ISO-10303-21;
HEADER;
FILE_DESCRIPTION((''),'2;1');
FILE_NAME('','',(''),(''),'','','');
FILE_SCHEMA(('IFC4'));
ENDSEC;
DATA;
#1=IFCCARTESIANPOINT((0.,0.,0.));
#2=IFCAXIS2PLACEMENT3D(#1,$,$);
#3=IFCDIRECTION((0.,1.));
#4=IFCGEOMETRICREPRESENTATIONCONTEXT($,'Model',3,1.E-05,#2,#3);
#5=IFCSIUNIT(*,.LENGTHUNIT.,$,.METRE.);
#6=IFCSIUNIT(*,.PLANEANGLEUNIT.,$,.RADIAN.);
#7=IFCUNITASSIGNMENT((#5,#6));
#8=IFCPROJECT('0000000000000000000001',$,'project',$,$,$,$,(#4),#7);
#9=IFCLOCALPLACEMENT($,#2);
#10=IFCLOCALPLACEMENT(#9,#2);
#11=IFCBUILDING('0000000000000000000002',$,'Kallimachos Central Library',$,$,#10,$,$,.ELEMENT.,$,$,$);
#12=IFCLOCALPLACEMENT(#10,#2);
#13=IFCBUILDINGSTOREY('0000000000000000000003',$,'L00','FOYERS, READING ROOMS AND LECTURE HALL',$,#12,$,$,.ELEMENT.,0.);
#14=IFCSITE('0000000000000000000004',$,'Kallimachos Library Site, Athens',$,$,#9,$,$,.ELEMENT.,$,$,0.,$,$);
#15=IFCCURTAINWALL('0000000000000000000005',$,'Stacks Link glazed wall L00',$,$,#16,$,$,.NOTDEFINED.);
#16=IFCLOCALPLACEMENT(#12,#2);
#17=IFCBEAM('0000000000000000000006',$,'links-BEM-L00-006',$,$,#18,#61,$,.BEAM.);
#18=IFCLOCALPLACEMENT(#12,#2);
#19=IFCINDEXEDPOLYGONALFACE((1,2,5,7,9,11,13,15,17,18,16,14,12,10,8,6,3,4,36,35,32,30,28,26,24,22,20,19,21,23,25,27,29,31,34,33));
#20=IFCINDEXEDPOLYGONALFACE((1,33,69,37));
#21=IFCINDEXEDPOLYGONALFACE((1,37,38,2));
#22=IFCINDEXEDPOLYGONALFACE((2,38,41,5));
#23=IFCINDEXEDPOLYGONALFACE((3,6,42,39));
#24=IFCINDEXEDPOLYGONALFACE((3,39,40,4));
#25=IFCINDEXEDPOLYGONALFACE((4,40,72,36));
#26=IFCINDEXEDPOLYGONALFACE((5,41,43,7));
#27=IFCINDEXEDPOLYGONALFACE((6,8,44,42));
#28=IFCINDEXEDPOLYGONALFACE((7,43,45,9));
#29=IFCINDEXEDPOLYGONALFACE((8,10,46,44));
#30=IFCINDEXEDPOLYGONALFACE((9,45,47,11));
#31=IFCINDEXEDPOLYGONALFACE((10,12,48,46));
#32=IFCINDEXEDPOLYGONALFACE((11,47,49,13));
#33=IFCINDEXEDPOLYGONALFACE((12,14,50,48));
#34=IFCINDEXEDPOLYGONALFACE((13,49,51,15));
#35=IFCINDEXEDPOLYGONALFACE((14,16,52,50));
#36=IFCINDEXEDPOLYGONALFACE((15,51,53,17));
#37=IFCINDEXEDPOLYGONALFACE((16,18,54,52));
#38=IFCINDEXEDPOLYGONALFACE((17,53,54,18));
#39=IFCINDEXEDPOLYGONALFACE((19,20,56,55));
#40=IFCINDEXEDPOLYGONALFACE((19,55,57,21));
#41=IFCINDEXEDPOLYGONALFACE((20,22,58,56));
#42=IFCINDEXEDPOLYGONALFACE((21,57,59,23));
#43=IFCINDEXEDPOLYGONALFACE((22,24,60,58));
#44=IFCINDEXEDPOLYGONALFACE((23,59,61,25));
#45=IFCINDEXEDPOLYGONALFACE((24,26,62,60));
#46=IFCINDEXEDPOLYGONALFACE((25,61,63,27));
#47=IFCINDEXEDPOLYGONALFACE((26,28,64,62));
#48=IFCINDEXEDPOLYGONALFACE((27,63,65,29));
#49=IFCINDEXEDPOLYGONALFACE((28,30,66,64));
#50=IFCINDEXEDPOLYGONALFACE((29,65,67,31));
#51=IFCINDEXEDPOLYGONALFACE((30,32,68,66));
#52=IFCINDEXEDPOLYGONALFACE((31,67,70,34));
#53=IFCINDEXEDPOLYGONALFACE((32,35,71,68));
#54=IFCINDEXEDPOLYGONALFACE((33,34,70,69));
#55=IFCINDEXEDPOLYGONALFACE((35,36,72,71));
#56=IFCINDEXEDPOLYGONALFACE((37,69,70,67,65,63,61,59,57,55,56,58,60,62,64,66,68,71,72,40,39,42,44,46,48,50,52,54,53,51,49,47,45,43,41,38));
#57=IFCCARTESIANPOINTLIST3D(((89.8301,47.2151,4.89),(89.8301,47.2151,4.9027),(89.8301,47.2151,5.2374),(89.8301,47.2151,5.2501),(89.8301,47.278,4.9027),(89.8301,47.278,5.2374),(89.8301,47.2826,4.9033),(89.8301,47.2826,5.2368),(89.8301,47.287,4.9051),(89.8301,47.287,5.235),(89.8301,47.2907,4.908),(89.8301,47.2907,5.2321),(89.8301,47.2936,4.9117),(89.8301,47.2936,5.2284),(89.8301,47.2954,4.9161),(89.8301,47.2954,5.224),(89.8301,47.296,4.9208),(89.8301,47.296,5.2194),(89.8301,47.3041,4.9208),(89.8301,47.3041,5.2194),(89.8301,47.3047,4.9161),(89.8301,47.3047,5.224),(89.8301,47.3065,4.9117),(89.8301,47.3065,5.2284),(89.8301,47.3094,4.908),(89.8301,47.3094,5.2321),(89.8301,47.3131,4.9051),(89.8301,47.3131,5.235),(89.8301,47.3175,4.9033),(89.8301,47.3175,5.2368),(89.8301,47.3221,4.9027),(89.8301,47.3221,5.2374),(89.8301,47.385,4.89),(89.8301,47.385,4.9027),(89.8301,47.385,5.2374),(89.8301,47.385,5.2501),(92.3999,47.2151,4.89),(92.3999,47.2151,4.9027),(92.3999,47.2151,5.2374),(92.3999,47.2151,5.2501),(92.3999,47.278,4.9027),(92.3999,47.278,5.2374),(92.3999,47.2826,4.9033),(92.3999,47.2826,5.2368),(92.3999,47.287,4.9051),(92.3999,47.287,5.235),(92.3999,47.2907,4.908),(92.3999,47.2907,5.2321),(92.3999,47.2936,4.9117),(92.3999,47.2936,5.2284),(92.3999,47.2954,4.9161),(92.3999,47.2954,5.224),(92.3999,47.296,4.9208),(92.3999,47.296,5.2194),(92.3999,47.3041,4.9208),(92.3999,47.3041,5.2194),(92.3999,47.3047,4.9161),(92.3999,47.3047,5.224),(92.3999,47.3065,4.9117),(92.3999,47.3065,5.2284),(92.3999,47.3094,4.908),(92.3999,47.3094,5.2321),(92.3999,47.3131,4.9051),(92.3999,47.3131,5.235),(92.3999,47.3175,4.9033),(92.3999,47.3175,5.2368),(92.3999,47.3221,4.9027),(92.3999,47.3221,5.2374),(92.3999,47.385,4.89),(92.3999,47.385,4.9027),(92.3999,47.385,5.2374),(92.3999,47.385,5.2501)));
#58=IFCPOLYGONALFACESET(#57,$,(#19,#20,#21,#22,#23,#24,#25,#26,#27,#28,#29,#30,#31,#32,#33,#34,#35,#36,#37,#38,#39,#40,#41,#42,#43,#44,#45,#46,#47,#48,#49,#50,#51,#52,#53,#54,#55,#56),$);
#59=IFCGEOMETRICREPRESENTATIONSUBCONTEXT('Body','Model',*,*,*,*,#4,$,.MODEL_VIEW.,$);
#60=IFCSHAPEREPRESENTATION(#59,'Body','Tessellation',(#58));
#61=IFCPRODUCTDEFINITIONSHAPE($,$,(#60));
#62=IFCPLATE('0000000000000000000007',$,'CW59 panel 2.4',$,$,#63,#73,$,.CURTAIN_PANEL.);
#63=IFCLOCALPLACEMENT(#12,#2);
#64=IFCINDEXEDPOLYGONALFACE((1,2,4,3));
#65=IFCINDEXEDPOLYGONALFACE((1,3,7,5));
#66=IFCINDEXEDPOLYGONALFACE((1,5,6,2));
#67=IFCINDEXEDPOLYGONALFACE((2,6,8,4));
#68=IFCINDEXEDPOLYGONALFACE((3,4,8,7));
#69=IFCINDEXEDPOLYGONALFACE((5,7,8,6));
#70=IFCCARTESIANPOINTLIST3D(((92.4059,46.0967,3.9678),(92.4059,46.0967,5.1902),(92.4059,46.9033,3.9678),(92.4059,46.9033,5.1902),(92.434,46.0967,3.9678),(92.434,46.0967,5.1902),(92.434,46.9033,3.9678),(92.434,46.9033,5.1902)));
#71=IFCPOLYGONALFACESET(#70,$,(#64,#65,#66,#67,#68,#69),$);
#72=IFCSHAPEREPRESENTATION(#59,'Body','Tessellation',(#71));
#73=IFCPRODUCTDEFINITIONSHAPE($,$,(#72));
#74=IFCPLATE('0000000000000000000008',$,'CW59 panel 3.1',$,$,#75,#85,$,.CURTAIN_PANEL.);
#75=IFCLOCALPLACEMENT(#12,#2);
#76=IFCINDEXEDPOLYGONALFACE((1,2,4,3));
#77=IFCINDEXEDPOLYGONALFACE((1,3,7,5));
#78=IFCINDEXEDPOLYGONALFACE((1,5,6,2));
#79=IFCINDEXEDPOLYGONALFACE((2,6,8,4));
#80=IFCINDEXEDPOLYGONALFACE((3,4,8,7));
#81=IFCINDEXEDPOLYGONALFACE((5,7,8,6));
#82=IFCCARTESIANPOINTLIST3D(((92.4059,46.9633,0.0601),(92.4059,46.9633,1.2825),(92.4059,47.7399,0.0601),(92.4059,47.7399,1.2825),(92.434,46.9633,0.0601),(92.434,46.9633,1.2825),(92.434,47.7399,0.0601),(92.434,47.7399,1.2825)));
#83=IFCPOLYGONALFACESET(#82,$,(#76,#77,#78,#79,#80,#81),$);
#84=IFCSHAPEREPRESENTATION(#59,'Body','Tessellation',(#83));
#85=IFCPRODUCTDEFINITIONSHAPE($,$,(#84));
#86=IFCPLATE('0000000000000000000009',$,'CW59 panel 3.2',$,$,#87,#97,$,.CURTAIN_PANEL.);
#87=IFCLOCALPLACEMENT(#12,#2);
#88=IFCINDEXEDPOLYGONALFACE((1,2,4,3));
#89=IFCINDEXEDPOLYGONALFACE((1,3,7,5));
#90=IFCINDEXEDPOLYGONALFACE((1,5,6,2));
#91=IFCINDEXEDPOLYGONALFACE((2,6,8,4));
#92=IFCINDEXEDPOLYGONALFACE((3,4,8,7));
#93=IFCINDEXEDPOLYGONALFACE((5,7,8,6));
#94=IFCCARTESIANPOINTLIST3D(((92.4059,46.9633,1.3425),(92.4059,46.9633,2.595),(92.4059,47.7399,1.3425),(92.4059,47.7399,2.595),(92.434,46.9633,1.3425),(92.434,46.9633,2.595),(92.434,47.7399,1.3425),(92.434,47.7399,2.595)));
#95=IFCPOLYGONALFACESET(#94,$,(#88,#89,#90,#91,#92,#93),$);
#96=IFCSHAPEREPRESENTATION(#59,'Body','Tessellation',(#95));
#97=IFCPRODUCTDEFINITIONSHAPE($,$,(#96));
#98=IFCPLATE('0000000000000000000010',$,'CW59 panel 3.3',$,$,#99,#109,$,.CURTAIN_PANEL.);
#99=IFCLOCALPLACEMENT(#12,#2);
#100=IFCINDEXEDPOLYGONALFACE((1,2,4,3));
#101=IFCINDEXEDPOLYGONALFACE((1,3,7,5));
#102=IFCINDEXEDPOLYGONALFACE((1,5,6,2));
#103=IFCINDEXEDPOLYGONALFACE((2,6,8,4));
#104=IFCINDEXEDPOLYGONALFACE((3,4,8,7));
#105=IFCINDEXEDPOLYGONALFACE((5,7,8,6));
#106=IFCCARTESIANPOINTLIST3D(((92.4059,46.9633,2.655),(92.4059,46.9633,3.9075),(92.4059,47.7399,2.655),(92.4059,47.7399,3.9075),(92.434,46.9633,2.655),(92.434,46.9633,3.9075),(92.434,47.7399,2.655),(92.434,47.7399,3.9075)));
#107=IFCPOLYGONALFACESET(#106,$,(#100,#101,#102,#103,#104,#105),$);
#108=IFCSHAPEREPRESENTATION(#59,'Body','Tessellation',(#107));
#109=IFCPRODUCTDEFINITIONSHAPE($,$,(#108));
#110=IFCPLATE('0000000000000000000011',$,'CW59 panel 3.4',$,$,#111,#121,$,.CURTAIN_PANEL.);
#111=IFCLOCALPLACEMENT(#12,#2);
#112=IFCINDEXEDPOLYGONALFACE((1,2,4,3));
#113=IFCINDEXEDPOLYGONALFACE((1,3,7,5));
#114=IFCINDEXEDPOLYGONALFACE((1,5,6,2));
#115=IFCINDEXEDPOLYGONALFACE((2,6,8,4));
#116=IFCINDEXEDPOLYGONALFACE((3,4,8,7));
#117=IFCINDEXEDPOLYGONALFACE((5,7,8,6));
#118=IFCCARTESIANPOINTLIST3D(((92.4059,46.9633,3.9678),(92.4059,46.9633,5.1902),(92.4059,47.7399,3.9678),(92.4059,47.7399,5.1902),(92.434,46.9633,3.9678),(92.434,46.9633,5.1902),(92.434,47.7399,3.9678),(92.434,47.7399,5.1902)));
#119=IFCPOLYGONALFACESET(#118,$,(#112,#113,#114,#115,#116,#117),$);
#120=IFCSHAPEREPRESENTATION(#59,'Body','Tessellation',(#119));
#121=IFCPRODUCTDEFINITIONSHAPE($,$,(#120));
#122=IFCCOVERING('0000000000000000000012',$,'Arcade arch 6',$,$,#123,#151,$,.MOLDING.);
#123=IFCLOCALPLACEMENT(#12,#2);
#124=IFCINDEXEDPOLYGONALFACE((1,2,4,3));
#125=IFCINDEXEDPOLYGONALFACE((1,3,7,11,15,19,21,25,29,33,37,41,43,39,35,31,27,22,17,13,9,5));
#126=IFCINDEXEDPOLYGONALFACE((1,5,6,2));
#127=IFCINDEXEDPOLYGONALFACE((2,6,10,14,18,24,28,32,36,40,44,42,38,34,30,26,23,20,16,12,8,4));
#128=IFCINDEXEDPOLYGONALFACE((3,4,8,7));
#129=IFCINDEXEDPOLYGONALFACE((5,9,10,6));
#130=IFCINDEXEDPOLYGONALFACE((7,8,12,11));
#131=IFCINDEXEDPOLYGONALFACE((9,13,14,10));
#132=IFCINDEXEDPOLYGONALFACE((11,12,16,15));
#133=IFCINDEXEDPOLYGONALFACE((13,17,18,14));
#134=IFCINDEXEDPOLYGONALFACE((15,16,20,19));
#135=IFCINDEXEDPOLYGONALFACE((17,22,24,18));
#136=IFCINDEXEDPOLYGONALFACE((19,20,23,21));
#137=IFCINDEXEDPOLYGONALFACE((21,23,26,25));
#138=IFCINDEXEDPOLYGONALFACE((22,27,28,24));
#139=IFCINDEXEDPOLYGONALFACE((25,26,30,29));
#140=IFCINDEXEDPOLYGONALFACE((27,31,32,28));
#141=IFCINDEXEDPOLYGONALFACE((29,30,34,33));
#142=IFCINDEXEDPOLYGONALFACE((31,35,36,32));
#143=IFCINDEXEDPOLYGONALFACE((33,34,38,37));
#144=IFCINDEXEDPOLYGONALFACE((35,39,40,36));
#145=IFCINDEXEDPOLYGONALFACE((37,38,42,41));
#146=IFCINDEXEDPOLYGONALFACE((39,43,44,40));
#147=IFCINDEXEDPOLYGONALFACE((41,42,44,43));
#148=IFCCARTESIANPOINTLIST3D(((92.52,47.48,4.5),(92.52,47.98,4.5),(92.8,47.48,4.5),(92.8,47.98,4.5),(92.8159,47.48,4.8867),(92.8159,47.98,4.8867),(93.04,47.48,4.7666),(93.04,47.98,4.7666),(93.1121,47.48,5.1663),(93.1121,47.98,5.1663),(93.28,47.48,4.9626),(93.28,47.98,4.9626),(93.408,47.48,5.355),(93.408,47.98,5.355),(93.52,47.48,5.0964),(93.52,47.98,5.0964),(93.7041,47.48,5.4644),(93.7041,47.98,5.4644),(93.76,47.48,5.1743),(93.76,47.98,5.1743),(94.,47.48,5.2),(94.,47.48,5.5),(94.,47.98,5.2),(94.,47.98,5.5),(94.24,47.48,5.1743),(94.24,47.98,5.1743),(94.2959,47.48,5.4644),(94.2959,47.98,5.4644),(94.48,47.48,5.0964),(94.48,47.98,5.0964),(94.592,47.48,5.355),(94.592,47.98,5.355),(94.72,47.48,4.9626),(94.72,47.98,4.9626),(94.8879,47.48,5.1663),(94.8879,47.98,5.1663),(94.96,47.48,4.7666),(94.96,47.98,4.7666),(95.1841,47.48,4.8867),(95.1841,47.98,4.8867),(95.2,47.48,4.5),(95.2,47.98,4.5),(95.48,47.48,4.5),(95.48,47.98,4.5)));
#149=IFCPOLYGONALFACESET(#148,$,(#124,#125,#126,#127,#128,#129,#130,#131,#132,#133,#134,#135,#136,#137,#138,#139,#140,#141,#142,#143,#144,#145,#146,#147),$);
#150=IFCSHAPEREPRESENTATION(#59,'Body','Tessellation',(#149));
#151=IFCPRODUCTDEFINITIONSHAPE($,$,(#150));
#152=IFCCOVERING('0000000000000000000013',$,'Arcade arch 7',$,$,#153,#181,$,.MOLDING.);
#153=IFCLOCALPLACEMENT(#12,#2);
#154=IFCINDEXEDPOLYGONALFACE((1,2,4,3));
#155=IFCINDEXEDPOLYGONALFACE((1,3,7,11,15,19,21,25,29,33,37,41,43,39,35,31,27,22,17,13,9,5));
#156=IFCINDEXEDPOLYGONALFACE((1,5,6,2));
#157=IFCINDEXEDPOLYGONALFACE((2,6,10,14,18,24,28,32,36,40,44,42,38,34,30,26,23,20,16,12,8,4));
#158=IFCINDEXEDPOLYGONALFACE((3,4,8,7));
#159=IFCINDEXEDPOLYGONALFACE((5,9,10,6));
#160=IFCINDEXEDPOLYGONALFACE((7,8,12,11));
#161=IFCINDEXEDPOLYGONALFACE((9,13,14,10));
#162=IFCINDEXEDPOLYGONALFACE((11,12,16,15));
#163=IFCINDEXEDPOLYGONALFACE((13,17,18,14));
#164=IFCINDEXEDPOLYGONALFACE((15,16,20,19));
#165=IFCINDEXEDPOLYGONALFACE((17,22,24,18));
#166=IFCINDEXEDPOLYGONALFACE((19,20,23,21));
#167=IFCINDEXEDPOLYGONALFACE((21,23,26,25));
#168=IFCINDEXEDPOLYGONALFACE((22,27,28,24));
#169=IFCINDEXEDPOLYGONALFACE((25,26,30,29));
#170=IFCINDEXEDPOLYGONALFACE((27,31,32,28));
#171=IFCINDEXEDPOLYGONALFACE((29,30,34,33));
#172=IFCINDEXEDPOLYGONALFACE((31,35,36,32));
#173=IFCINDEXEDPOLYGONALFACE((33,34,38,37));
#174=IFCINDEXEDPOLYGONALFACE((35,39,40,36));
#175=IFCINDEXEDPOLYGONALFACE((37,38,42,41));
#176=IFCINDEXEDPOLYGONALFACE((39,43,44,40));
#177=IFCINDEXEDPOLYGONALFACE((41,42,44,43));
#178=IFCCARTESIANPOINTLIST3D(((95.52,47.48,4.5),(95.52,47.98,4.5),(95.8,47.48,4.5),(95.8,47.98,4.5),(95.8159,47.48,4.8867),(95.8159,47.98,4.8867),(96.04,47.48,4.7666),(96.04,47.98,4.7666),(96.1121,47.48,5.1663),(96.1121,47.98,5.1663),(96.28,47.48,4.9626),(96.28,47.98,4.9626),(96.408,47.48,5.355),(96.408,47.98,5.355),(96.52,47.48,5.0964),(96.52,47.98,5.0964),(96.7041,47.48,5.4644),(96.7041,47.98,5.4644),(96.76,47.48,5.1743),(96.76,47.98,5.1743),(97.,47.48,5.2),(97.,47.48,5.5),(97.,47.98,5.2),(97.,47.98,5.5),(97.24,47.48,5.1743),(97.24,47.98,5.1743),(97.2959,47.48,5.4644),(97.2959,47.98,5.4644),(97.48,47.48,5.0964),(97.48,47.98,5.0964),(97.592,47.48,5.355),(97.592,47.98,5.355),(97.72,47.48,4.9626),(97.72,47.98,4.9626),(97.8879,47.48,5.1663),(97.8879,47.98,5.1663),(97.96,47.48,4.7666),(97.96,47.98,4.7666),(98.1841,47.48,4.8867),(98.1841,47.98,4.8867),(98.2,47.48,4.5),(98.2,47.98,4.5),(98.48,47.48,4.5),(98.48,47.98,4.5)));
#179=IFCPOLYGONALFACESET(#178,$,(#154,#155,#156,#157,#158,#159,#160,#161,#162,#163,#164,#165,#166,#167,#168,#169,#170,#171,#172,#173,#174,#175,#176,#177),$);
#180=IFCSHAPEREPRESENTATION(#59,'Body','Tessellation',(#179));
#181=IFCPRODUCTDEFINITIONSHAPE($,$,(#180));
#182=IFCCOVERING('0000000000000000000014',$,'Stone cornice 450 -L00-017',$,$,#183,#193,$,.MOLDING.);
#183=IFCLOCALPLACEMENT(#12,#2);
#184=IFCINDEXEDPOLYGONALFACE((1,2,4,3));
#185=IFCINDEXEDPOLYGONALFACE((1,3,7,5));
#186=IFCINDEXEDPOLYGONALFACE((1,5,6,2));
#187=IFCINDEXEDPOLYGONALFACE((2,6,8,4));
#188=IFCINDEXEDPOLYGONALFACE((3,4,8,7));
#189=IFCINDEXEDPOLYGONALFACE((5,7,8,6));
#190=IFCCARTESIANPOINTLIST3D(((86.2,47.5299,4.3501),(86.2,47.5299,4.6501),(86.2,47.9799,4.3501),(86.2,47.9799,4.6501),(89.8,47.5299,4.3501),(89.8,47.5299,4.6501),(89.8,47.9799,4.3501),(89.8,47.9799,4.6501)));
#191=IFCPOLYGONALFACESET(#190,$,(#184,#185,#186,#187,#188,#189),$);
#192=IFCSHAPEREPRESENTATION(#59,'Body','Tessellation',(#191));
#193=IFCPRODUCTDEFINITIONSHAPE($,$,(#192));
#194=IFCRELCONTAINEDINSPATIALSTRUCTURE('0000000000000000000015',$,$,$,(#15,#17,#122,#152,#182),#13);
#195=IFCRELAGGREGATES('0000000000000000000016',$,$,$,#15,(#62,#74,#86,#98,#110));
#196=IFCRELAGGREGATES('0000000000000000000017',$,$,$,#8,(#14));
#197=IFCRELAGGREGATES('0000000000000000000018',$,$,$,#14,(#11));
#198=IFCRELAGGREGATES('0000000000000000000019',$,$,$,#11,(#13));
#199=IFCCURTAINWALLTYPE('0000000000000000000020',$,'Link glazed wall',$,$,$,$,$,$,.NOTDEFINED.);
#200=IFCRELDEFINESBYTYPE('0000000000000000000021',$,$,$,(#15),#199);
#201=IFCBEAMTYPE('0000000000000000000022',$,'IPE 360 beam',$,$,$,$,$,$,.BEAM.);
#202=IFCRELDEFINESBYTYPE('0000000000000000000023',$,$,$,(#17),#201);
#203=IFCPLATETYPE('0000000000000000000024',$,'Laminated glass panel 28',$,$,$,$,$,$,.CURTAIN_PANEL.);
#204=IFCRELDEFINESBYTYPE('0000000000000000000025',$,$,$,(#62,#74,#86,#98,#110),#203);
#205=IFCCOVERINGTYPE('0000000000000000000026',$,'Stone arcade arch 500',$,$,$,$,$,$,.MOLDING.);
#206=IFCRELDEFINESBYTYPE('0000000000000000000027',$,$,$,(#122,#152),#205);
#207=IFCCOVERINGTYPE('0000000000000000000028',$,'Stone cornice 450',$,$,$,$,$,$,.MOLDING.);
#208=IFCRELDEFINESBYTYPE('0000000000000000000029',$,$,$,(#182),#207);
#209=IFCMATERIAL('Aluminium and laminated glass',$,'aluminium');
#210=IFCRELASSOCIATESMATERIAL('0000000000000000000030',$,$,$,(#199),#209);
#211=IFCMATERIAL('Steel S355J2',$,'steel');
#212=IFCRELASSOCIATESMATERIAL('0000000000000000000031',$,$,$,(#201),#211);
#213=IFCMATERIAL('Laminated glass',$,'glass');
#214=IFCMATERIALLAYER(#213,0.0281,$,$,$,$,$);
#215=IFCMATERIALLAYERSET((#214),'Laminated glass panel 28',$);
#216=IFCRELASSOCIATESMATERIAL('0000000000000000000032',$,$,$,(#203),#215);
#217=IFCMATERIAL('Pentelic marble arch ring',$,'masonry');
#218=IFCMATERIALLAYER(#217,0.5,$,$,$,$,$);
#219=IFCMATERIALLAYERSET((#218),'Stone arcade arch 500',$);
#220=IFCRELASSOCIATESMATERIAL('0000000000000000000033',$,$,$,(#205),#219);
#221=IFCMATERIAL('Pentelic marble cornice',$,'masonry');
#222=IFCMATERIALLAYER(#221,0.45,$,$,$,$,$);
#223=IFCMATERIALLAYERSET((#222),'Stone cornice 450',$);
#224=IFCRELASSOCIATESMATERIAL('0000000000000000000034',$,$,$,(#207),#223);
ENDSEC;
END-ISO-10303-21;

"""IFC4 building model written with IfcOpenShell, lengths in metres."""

from ifc_helpers import new_model, si_unit, direction, frame, origin, origin_2d, place, context, subcontext, project, spatial, polyline, rectangle, i_section, outline, extrude, material, layer, layer_set, material_profile, profile_set, type_object, element, aggregate, save


model = new_model("IFC4")

# Units and contexts
model_context = context("Model", 3, precision=1e-05, world=origin(), true_north=direction((0.0, 1.0)))
body_context = subcontext(model_context, "Body", "Model", "MODEL_VIEW")
ifc_project = project(units=[si_unit("LENGTHUNIT", "METRE"), si_unit("PLANEANGLEUNIT", "RADIAN")], contexts=[model_context])

# Site, building, storey
site_placement = place(None, origin())
site = spatial("IfcSite", under=ifc_project, at=site_placement, Name="Kallimachos Library Site, Athens", CompositionType="ELEMENT", RefElevation=0.0)
building_placement = place(site_placement, origin())
building = spatial("IfcBuilding", under=site, at=building_placement, Name="Kallimachos Central Library", CompositionType="ELEMENT")
storey_placement = place(building_placement, origin())
storey = spatial("IfcBuildingStorey", under=building, at=storey_placement, Name="L00", Description="FOYERS, READING ROOMS AND LECTURE HALL", CompositionType="ELEMENT", Elevation=0.0)

# Curtain wall
ifc_material_1 = material(Name="Aluminium and laminated glass", Category="aluminium")
curtain_wall_type = type_object("IfcCurtainWallType", Name="Link glazed wall", PredefinedType="NOTDEFINED", material=ifc_material_1)
curtain_wall_placement = place(storey_placement, origin())
curtain_wall = element("IfcCurtainWall", 1, at=curtain_wall_placement, inside=storey, type_object=curtain_wall_type, Name="Stacks Link glazed wall L00", PredefinedType="NOTDEFINED")

# Beam
ifc_material_2 = material(Name="Steel S355J2", Category="steel")
ifc_material_profile_1 = material_profile(ifc_material_2, i_section(OverallWidth=0.1699, OverallDepth=0.3601, WebThickness=0.0081, FlangeThickness=0.0127, FilletRadius=0.0181, at=origin_2d()), Name="IPE 360")
ifc_profile_set_1 = profile_set([ifc_material_profile_1], Name="Steel S355J2")
beam_type = type_object("IfcBeamType", Name="IPE 360 beam", PredefinedType="BEAM", material=ifc_profile_set_1)
beam_placement = place(storey_placement, frame((89.8301, 47.3, 5.0701), z_axis=(1.0, 0.0, 0.0), x_axis=(0.0, 1.0, 0.0)))
element("IfcBeam", 2, at=beam_placement, inside=storey, type_object=beam_type, Name="links-BEM-L00-006", PredefinedType="BEAM", context=body_context, shape_type="SweptSolid", body=[
    extrude(i_section(OverallWidth=0.1699, OverallDepth=0.3601, WebThickness=0.0081, FlangeThickness=0.0127, FilletRadius=0.0181, at=origin_2d()), origin(), (0.0, 0.0, 1.0), 2.5698),
])

# Plates
ifc_material_3 = material(Name="Laminated glass", Category="glass")
ifc_layer_1 = layer(ifc_material_3, 0.0281)
ifc_layer_set_1 = layer_set([ifc_layer_1], Name="Laminated glass panel 28")
plate_type = type_object("IfcPlateType", Name="Laminated glass panel 28", PredefinedType="CURTAIN_PANEL", material=ifc_layer_set_1)
plate_1_placement = place(storey_placement, frame((92.4199, 46.5, 3.9678), z_axis=(0.0, 0.0, 1.0), x_axis=(0.0, 1.0, 0.0)))
plate_1 = element("IfcPlate", 3, at=plate_1_placement, type_object=plate_type, Name="CW59 panel 2.4", PredefinedType="CURTAIN_PANEL", context=body_context, shape_type="SweptSolid", body=[
    extrude(rectangle(XDim=0.8066, YDim=0.0281, at=origin_2d()), origin(), (0.0, 0.0, 1.0), 1.2224),
])
plate_2_placement = place(storey_placement, frame((92.4199, 47.3516, 0.0601), z_axis=(0.0, 0.0, 1.0), x_axis=(0.0, 1.0, 0.0)))
plate_2 = element("IfcPlate", 4, at=plate_2_placement, type_object=plate_type, Name="CW59 panel 3.1", PredefinedType="CURTAIN_PANEL", context=body_context, shape_type="SweptSolid", body=[
    extrude(rectangle(XDim=0.7766, YDim=0.0281, at=origin_2d()), origin(), (0.0, 0.0, 1.0), 1.2224),
])
plate_3_placement = place(storey_placement, frame((92.4199, 47.3516, 1.3425), z_axis=(0.0, 0.0, 1.0), x_axis=(0.0, 1.0, 0.0)))
plate_3 = element("IfcPlate", 5, at=plate_3_placement, type_object=plate_type, Name="CW59 panel 3.2", PredefinedType="CURTAIN_PANEL", context=body_context, shape_type="SweptSolid", body=[
    extrude(rectangle(XDim=0.7766, YDim=0.0281, at=origin_2d()), origin(), (0.0, 0.0, 1.0), 1.2524),
])
plate_4_placement = place(storey_placement, frame((92.4199, 47.3516, 2.655), z_axis=(0.0, 0.0, 1.0), x_axis=(0.0, 1.0, 0.0)))
plate_4 = element("IfcPlate", 6, at=plate_4_placement, type_object=plate_type, Name="CW59 panel 3.3", PredefinedType="CURTAIN_PANEL", context=body_context, shape_type="SweptSolid", body=[
    extrude(rectangle(XDim=0.7766, YDim=0.0281, at=origin_2d()), origin(), (0.0, 0.0, 1.0), 1.2524),
])
plate_5_placement = place(storey_placement, frame((92.4199, 47.3516, 3.9678), z_axis=(0.0, 0.0, 1.0), x_axis=(0.0, 1.0, 0.0)))
plate_5 = element("IfcPlate", 7, at=plate_5_placement, type_object=plate_type, Name="CW59 panel 3.4", PredefinedType="CURTAIN_PANEL", context=body_context, shape_type="SweptSolid", body=[
    extrude(rectangle(XDim=0.7766, YDim=0.0281, at=origin_2d()), origin(), (0.0, 0.0, 1.0), 1.2224),
])
aggregate(curtain_wall, [plate_1, plate_2, plate_3, plate_4, plate_5])

# Coverings
ifc_material_4 = material(Name="Pentelic marble arch ring", Category="masonry")
ifc_layer_2 = layer(ifc_material_4, 0.5)
ifc_layer_set_2 = layer_set([ifc_layer_2], Name="Stone arcade arch 500")
covering_type_1 = type_object("IfcCoveringType", Name="Stone arcade arch 500", PredefinedType="MOLDING", material=ifc_layer_set_2)
for number, where, z_axis, x_axis, name in (
    (8, (92.52, 47.48, 4.5), (0.0, -1.0, 0.0), (1.0, 0.0, 0.0), "Arcade arch 6"),
    (9, (95.52, 47.48, 4.5), (0.0, -1.0, 0.0), (1.0, 0.0, 0.0), "Arcade arch 7"),
):
    element("IfcCovering", number, at=place(storey_placement, frame(where, z_axis=z_axis, x_axis=x_axis)), inside=storey, type_object=covering_type_1, Name=name, PredefinedType="MOLDING", context=body_context, shape_type="SweptSolid", body=[
        extrude(outline(polyline([(0.0, 0.0), (0.28, 0.0), (0.28, 0.0), (0.52, 0.2666), (0.76, 0.4626), (1.0, 0.5964), (1.24, 0.6743), (1.48, 0.7), (1.72, 0.6743), (1.96, 0.5964), (2.2, 0.4626), (2.4399, 0.2666), (2.6799, 0.0), (2.6799, 0.0), (2.96, 0.0), (2.96, 0.0), (2.6641, 0.3867), (2.3679, 0.6663), (2.072, 0.855), (1.7759, 0.9644), (1.48, 1.0), (1.1841, 0.9644), (0.8879, 0.855), (0.592, 0.6663), (0.2959, 0.3867), (0.0, 0.0), (0.0, 0.0)])), origin(), (0.0, 0.0, -1.0), 0.5),
    ])
ifc_material_5 = material(Name="Pentelic marble cornice", Category="masonry")
ifc_layer_3 = layer(ifc_material_5, 0.45)
ifc_layer_set_3 = layer_set([ifc_layer_3], Name="Stone cornice 450")
covering_type_2 = type_object("IfcCoveringType", Name="Stone cornice 450", PredefinedType="MOLDING", material=ifc_layer_set_3)
covering_1_placement = place(storey_placement, frame((88.0, 47.7549, 4.3501), z_axis=(0.0, 0.0, 1.0), x_axis=(1.0, 0.0, 0.0)))
element("IfcCovering", 10, at=covering_1_placement, inside=storey, type_object=covering_type_2, Name="Stone cornice 450 -L00-017", PredefinedType="MOLDING", context=body_context, shape_type="SweptSolid", body=[
    extrude(rectangle(XDim=3.6001, YDim=0.45, at=origin_2d()), origin(), (0.0, 0.0, 1.0), 0.3),
])

save(model, "model.ifc")
